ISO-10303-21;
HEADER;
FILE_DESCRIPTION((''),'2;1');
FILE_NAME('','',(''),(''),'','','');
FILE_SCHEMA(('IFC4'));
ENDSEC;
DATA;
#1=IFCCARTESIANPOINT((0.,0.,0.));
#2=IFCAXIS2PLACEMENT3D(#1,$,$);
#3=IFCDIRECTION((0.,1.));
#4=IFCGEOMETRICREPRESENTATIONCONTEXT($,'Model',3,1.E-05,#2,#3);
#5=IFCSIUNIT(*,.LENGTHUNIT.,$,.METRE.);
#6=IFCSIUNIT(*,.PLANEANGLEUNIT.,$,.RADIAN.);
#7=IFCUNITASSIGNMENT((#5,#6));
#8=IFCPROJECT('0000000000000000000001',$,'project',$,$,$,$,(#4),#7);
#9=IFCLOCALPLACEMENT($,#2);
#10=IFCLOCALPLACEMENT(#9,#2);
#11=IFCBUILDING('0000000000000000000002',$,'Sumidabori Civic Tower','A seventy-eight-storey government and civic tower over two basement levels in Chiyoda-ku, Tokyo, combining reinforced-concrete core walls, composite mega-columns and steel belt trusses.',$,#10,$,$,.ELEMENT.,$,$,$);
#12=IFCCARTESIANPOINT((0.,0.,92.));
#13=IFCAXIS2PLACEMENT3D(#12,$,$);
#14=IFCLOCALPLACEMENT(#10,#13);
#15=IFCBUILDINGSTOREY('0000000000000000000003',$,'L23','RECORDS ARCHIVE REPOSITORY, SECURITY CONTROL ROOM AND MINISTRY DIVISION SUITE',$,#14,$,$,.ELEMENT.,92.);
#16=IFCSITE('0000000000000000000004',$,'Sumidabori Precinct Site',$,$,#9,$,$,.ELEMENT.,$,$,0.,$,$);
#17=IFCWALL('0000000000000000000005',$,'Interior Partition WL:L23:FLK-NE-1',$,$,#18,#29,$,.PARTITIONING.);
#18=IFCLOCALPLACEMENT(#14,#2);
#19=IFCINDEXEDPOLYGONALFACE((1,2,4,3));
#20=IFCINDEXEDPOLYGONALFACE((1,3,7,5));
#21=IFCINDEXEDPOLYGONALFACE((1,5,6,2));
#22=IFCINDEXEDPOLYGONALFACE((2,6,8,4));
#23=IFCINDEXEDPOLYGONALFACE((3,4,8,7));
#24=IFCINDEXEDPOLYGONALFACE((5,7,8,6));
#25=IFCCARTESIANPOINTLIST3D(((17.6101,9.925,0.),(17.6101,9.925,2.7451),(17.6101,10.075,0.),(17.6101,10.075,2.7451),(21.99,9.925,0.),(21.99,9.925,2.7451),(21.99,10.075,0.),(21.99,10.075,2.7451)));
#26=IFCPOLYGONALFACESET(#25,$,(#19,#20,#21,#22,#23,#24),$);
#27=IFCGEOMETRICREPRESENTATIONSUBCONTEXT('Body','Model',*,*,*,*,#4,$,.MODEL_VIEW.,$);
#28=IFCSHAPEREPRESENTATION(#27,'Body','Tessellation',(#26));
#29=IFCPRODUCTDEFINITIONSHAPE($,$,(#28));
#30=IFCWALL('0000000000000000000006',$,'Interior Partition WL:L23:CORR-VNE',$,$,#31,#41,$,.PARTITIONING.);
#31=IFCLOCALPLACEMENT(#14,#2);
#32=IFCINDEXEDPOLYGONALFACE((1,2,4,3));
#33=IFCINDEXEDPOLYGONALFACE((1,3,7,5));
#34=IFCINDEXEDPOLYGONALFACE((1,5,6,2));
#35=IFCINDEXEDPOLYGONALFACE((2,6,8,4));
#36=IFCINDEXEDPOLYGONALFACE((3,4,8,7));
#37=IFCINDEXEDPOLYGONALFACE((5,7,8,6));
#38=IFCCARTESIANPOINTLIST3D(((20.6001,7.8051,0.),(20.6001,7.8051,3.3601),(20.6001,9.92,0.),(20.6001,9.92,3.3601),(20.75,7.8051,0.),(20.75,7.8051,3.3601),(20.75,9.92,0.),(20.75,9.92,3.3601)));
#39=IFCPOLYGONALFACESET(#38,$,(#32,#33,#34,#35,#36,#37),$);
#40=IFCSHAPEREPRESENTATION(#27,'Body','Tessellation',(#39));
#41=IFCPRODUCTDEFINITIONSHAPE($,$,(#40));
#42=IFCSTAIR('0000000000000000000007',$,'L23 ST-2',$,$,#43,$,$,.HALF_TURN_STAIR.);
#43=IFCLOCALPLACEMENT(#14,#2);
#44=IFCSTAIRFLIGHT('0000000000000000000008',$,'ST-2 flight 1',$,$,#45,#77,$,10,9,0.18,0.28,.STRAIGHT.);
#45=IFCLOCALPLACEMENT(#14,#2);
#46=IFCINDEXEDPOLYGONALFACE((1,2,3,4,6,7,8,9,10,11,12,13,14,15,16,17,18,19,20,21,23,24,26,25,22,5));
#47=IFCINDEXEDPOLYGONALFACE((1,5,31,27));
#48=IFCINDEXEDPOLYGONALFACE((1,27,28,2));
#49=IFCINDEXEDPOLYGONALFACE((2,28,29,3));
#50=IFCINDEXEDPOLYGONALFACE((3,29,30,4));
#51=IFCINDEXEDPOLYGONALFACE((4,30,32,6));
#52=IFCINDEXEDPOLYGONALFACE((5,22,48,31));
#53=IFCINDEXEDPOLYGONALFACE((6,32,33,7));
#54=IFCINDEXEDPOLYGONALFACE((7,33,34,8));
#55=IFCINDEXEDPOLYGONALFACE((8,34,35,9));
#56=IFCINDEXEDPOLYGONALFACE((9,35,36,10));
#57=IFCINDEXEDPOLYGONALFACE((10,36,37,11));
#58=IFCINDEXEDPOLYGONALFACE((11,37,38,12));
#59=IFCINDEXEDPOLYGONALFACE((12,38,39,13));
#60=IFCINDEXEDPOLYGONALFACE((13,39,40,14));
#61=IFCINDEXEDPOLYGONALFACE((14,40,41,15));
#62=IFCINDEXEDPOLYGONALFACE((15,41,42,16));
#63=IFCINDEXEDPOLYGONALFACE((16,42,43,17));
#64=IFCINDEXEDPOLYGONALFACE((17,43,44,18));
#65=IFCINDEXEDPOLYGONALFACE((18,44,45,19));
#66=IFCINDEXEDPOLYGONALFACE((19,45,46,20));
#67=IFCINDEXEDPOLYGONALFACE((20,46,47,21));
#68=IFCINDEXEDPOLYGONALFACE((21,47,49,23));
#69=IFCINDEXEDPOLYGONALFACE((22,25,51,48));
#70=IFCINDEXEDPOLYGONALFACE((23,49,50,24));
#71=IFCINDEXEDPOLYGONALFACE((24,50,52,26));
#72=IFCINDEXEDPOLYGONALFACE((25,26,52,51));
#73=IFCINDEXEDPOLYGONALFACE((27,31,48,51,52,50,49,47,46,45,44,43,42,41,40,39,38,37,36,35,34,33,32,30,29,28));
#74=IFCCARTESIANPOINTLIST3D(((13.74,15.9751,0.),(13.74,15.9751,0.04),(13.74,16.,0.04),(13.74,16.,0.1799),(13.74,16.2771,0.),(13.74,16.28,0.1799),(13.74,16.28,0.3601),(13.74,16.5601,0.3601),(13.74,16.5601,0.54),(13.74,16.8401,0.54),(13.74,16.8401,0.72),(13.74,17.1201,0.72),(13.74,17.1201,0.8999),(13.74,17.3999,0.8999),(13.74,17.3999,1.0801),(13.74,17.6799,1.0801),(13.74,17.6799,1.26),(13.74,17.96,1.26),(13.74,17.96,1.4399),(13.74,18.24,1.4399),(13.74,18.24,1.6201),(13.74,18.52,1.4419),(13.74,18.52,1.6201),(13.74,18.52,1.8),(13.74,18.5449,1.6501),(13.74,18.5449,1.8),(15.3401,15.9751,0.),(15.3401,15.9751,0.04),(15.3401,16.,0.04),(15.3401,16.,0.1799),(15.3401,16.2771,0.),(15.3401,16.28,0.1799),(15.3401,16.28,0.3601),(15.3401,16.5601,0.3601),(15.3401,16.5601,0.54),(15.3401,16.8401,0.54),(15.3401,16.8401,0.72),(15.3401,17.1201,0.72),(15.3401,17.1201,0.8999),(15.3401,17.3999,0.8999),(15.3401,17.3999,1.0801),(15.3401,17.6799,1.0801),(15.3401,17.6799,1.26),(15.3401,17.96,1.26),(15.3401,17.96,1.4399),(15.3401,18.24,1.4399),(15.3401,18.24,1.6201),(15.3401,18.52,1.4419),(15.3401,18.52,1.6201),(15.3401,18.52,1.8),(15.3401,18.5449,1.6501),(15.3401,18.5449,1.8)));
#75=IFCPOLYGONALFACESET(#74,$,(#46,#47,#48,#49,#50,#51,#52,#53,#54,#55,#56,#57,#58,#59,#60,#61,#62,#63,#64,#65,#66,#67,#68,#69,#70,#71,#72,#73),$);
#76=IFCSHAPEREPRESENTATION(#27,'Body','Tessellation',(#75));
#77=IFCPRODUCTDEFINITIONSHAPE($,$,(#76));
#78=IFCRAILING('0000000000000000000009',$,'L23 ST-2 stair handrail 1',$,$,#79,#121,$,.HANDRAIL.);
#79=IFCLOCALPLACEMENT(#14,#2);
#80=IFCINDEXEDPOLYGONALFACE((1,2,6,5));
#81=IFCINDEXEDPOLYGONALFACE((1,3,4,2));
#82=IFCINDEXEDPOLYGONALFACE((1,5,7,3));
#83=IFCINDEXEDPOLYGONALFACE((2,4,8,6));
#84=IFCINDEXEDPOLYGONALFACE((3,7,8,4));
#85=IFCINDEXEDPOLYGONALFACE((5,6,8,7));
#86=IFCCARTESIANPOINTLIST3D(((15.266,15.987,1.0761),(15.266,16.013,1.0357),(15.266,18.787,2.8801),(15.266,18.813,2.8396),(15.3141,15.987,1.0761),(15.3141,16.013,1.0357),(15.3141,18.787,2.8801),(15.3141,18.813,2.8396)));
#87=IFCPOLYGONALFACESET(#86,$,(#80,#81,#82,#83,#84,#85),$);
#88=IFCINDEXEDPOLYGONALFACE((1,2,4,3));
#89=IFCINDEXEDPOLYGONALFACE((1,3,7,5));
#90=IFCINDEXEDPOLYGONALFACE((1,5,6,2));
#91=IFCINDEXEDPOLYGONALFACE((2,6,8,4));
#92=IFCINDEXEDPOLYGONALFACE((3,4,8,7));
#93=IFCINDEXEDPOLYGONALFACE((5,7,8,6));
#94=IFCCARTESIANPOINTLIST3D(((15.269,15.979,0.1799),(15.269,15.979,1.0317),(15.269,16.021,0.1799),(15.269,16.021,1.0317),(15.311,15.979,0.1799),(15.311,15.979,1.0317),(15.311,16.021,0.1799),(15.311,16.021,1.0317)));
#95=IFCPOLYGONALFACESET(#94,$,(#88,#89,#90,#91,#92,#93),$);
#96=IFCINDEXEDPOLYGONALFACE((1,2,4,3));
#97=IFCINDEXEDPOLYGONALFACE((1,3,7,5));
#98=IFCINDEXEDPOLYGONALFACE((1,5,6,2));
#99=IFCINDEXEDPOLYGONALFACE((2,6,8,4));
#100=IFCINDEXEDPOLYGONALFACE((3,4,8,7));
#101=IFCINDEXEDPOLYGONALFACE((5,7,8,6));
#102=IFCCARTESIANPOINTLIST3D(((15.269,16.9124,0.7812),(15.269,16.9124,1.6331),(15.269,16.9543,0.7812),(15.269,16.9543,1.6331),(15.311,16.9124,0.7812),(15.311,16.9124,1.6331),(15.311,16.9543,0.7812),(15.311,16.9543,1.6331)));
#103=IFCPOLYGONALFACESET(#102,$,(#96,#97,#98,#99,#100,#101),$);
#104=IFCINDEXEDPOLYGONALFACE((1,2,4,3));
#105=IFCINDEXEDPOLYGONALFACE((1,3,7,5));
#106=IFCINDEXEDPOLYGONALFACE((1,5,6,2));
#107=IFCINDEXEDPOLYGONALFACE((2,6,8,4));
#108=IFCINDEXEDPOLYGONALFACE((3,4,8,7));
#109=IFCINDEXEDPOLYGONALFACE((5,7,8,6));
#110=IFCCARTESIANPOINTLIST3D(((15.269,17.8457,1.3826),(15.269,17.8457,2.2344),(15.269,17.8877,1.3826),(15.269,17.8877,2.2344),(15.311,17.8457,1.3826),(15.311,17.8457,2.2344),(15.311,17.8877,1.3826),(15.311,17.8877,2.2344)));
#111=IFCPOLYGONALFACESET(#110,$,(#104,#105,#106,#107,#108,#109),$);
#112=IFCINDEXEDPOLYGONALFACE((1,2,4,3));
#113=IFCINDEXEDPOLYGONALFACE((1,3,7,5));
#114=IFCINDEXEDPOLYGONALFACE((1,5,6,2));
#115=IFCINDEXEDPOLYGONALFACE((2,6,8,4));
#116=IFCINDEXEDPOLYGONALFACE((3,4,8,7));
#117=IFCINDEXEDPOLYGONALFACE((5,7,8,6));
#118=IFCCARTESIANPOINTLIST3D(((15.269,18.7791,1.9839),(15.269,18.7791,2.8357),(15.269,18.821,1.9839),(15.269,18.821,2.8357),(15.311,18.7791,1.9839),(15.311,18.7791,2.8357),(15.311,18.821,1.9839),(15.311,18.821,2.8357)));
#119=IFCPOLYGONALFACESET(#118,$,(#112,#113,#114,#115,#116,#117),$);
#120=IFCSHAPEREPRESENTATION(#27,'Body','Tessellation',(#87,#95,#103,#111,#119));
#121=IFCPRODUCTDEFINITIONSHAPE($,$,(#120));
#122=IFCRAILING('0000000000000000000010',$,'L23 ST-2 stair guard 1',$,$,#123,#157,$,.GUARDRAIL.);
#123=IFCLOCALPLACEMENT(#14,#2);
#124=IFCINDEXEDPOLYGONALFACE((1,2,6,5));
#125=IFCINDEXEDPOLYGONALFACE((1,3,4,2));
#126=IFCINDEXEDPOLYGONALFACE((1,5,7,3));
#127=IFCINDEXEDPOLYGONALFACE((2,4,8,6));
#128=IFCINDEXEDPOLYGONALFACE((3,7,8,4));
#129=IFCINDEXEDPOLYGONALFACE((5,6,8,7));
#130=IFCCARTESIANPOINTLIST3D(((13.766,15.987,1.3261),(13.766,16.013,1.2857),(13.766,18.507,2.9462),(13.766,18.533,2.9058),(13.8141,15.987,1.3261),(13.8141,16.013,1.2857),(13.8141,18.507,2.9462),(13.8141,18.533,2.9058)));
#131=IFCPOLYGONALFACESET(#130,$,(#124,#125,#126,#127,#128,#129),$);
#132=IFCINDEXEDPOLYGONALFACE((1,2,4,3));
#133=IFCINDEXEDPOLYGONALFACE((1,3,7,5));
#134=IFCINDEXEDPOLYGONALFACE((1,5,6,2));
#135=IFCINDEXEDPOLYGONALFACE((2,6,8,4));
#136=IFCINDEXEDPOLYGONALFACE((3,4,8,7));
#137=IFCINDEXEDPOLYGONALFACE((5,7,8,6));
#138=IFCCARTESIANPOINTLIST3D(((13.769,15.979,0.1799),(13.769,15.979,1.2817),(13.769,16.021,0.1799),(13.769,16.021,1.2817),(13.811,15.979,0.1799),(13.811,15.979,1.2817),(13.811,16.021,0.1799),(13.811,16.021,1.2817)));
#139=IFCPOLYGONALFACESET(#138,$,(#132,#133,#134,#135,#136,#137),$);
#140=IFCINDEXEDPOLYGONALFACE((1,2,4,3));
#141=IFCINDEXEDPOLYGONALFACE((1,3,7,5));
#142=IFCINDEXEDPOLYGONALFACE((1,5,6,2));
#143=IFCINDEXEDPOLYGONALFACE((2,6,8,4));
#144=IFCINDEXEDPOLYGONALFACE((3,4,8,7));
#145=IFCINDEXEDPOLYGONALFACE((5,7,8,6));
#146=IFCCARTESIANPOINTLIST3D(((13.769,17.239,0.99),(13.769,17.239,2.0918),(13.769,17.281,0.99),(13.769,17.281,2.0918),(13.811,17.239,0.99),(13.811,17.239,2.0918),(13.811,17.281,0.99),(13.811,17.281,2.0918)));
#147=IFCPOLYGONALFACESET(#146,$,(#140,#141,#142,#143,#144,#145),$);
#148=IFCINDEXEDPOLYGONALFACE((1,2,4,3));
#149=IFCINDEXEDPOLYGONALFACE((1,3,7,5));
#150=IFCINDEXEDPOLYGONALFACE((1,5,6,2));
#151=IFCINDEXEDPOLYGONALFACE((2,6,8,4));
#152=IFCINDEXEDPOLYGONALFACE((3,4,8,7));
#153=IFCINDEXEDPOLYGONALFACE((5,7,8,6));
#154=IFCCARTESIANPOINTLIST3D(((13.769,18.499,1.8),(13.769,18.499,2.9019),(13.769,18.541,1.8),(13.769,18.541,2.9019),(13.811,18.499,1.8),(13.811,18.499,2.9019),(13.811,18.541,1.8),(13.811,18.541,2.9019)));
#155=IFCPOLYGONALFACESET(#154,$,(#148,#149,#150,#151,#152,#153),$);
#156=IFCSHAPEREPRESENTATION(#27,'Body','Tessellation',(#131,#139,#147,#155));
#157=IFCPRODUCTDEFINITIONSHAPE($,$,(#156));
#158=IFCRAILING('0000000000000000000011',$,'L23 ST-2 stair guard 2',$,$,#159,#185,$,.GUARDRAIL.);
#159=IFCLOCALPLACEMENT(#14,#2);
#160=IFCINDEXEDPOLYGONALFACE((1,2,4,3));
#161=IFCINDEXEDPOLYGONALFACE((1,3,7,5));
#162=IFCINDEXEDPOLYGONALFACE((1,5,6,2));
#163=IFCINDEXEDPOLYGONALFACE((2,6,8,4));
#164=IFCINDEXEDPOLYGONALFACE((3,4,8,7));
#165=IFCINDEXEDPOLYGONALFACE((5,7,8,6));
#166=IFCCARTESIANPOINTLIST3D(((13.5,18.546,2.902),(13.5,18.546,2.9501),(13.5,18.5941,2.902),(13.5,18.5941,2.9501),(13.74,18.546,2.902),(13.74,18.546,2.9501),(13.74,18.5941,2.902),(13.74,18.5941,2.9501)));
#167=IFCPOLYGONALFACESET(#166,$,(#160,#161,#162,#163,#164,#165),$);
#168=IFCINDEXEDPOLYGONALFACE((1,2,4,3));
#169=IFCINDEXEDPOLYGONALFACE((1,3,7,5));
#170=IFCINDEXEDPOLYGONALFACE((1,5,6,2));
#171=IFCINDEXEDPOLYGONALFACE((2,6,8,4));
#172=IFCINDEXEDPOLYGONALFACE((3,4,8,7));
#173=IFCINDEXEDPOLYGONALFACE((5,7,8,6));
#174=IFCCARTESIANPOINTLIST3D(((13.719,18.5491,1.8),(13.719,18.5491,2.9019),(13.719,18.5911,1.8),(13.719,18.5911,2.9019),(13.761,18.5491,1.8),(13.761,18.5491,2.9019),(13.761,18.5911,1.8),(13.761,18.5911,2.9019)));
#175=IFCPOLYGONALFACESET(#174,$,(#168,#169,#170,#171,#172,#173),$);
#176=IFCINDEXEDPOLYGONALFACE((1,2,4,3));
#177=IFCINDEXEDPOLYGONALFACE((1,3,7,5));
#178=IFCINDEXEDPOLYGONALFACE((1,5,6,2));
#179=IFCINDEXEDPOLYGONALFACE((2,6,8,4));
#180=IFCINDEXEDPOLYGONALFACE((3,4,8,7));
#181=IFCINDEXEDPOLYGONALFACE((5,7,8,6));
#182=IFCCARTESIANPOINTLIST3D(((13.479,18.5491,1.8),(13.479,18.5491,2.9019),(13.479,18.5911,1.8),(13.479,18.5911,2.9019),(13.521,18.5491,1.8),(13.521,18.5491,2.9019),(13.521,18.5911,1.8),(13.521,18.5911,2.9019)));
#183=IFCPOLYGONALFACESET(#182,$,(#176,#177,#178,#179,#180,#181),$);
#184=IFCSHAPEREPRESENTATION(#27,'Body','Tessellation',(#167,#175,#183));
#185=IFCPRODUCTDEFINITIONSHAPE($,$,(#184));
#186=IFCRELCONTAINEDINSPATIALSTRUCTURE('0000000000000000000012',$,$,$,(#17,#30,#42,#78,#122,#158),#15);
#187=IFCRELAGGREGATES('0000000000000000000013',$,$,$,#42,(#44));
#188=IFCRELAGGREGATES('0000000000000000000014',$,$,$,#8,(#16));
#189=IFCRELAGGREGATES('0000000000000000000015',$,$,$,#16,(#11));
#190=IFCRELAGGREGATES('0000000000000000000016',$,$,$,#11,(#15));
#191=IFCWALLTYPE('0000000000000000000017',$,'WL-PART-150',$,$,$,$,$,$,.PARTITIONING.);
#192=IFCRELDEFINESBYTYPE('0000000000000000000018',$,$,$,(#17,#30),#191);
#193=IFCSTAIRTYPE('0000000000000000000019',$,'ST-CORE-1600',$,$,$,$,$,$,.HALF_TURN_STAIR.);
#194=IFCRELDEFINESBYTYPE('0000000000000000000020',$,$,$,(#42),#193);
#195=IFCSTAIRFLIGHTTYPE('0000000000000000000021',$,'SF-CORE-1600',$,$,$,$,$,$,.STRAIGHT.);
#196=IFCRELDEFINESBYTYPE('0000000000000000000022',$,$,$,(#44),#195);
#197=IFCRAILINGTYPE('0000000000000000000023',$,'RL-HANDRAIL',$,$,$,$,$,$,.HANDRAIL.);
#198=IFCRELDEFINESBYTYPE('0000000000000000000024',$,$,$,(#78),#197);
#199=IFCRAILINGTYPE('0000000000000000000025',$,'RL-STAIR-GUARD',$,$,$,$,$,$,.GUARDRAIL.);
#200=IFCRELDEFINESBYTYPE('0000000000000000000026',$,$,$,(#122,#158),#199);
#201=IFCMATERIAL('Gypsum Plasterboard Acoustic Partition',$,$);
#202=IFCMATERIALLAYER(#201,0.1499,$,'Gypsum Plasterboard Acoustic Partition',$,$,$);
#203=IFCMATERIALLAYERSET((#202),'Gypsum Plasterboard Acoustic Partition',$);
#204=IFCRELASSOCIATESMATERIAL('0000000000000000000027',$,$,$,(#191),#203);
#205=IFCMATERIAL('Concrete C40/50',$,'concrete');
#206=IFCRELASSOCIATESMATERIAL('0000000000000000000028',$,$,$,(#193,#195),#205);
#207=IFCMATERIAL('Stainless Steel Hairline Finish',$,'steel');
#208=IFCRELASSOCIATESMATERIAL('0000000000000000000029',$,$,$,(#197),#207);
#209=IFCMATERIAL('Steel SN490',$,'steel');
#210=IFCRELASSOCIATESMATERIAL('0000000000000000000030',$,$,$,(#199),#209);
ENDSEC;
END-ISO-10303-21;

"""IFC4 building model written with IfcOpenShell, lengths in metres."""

from ifc_helpers import new_model, si_unit, direction, frame, frame_2d, origin, origin_2d, place, context, subcontext, project, spatial, polyline, rectangle, outline, extrude, source, transform, mapped, material, layer, layer_set, type_object, element, aggregate, save


model = new_model("IFC4")

# Units and contexts
model_context = context("Model", 3, precision=1e-05, world=origin(), true_north=direction((0.0, 1.0)))
body_context = subcontext(model_context, "Body", "Model", "MODEL_VIEW")
ifc_project = project(units=[si_unit("LENGTHUNIT", "METRE"), si_unit("PLANEANGLEUNIT", "RADIAN")], contexts=[model_context])

# Site, building, storey
site_placement = place(None, origin())
site = spatial("IfcSite", under=ifc_project, at=site_placement, Name="Sumidabori Precinct Site", CompositionType="ELEMENT", RefElevation=0.0)
building_placement = place(site_placement, origin())
building = spatial("IfcBuilding", under=site, at=building_placement, Name="Sumidabori Civic Tower", Description="A seventy-eight-storey government and civic tower over two basement levels in Chiyoda-ku, Tokyo, combining reinforced-concrete core walls, composite mega-columns and steel belt trusses.", CompositionType="ELEMENT")
storey_placement = place(building_placement, frame((0.0, 0.0, 92.0)))
storey = spatial("IfcBuildingStorey", under=building, at=storey_placement, Name="L23", Description="RECORDS ARCHIVE REPOSITORY, SECURITY CONTROL ROOM AND MINISTRY DIVISION SUITE", CompositionType="ELEMENT", Elevation=92.0)

# Shared definitions
ifc_material_1 = material(Name="Steel SN490", Category="steel")

# Walls
ifc_material_2 = material(Name="Gypsum Plasterboard Acoustic Partition")
ifc_layer_1 = layer(ifc_material_2, 0.1499, Name="Gypsum Plasterboard Acoustic Partition")
ifc_layer_set_1 = layer_set([ifc_layer_1], Name="Gypsum Plasterboard Acoustic Partition")
wall_type_1 = type_object("IfcWallType", Name="WL-PART-150", PredefinedType="PARTITIONING", material=ifc_layer_set_1)
shared_shape_1 = source(origin(), body_context, "Body", "SweptSolid", [
    extrude(rectangle(XDim=4.3799, YDim=0.1499, at=frame_2d((2.1899, 0.0))), origin(), (0.0, 0.0, 1.0), 2.7451),
])
wall_1_placement = place(storey_placement, frame((17.6101, 10.0, 0.0), z_axis=(0.0, 0.0, 1.0), x_axis=(1.0, 0.0, 0.0)))
element("IfcWall", 1, at=wall_1_placement, inside=storey, type_object=wall_type_1, Name="Interior Partition WL:L23:FLK-NE-1", PredefinedType="PARTITIONING", context=body_context, shape_type="MappedRepresentation", body=[
    mapped(shared_shape_1, transform((0.0, 0.0, 0.0), x_axis=(1.0, 0.0, 0.0), y_axis=(0.0, 1.0, 0.0), z_axis=(0.0, 0.0, 1.0), scale=1.0)),
])
shared_shape_2 = source(origin(), body_context, "Body", "SweptSolid", [
    extrude(rectangle(XDim=2.115, YDim=0.1499, at=frame_2d((1.0576, 0.0))), origin(), (0.0, 0.0, 1.0), 3.3601),
])
wall_2_placement = place(storey_placement, frame((20.675, 7.8049, 0.0), z_axis=(0.0, 0.0, 1.0), x_axis=(0.0, 1.0, 0.0)))
element("IfcWall", 2, at=wall_2_placement, inside=storey, type_object=wall_type_1, Name="Interior Partition WL:L23:CORR-VNE", PredefinedType="PARTITIONING", context=body_context, shape_type="MappedRepresentation", body=[
    mapped(shared_shape_2, transform((0.0, 0.0, 0.0), x_axis=(1.0, 0.0, 0.0), y_axis=(0.0, 1.0, 0.0), z_axis=(0.0, 0.0, 1.0), scale=1.0)),
])

# Stair, stair flight
ifc_material_3 = material(Name="Concrete C40/50", Category="concrete")
stair_type = type_object("IfcStairType", Name="ST-CORE-1600", PredefinedType="HALF_TURN_STAIR", material=ifc_material_3)
stair_placement = place(storey_placement, origin())
stair = element("IfcStair", 3, at=stair_placement, inside=storey, type_object=stair_type, Name="L23 ST-2", PredefinedType="HALF_TURN_STAIR")
stair_flight_type = type_object("IfcStairFlightType", Name="SF-CORE-1600", PredefinedType="STRAIGHT", material=ifc_material_3)
shared_shape_3 = source(origin(), body_context, "Body", "SweptSolid", [
    extrude(outline(polyline([(-0.0249, 0.0), (-0.0249, 0.04), (0.0, 0.04), (0.0, 0.1799), (0.28, 0.1799), (0.28, 0.3601), (0.5601, 0.3601), (0.5601, 0.54), (0.8401, 0.54), (0.8401, 0.72), (1.1201, 0.72), (1.1201, 0.8999), (1.3999, 0.8999), (1.3999, 1.0801), (1.6799, 1.0801), (1.6799, 1.26), (1.96, 1.26), (1.96, 1.4399), (2.24, 1.4399), (2.24, 1.6201), (2.52, 1.6201), (2.52, 1.8), (2.5449, 1.8), (2.5449, 1.6501), (2.52, 1.4419), (0.2771, 0.0), (-0.0249, 0.0)])), frame((0.0, 0.8, 0.0), z_axis=(0.0, -1.0, 0.0), x_axis=(1.0, 0.0, 0.0)), (0.0, 0.0, 1.0), 1.6001),
])
stair_flight_placement = place(storey_placement, frame((14.54, 16.0, 0.0), z_axis=(0.0, 0.0, 1.0), x_axis=(0.0, 1.0, 0.0)))
stair_flight = element("IfcStairFlight", 4, at=stair_flight_placement, type_object=stair_flight_type, Name="ST-2 flight 1", NumberOfRisers=10, NumberOfTreads=9, PredefinedType="STRAIGHT", RiserHeight=0.18, TreadLength=0.28, context=body_context, shape_type="MappedRepresentation", body=[
    mapped(shared_shape_3, transform((0.0, 0.0, 0.0), x_axis=(1.0, 0.0, 0.0), y_axis=(0.0, 1.0, 0.0), z_axis=(0.0, 0.0, 1.0), scale=1.0)),
])
aggregate(stair, [stair_flight])

# Railings
ifc_material_4 = material(Name="Stainless Steel Hairline Finish", Category="steel")
railing_type_1 = type_object("IfcRailingType", Name="RL-HANDRAIL", PredefinedType="HANDRAIL", material=ifc_material_4)
railing_1_placement = place(storey_placement, frame((15.29, 16.0, 0.1799)))
element("IfcRailing", 5, at=railing_1_placement, inside=storey, type_object=railing_type_1, Name="L23 ST-2 stair handrail 1", PredefinedType="HANDRAIL", context=body_context, shape_type="SweptSolid", body=[
    extrude(rectangle(XDim=0.0481, YDim=0.0481, at=origin_2d()), frame((0.0, 0.0, 0.876), z_axis=(0.0, 0.840642, 0.541591), x_axis=(-1.0, 0.0, 0.0)), (0.0, 0.0, 1.0), 3.3308),
    extrude(rectangle(XDim=0.042, YDim=0.042, at=origin_2d()), origin(), (0.0, 0.0, 1.0), 0.8518),
    extrude(rectangle(XDim=0.042, YDim=0.042, at=origin_2d()), frame((0.0, 0.9333, 0.6013)), (0.0, 0.0, 1.0), 0.8518),
    extrude(rectangle(XDim=0.042, YDim=0.042, at=origin_2d()), frame((0.0, 1.8667, 1.2026)), (0.0, 0.0, 1.0), 0.8518),
    extrude(rectangle(XDim=0.042, YDim=0.042, at=origin_2d()), frame((0.0, 2.8, 1.804)), (0.0, 0.0, 1.0), 0.8518),
])
railing_type_2 = type_object("IfcRailingType", Name="RL-STAIR-GUARD", PredefinedType="GUARDRAIL", material=ifc_material_1)
railing_2_placement = place(storey_placement, frame((13.79, 16.0, 0.1799)))
element("IfcRailing", 6, at=railing_2_placement, inside=storey, type_object=railing_type_2, Name="L23 ST-2 stair guard 1", PredefinedType="GUARDRAIL", context=body_context, shape_type="SweptSolid", body=[
    extrude(rectangle(XDim=0.0481, YDim=0.0481, at=origin_2d()), frame((0.0, 0.0, 1.126), z_axis=(0.0, 0.841163, 0.540782), x_axis=(-1.0, 0.0, 0.0)), (0.0, 0.0, 1.0), 2.9958),
    extrude(rectangle(XDim=0.042, YDim=0.042, at=origin_2d()), origin(), (0.0, 0.0, 1.0), 1.1018),
    extrude(rectangle(XDim=0.042, YDim=0.042, at=origin_2d()), frame((0.0, 1.26, 0.8101)), (0.0, 0.0, 1.0), 1.1018),
    extrude(rectangle(XDim=0.042, YDim=0.042, at=origin_2d()), frame((0.0, 2.52, 1.6201)), (0.0, 0.0, 1.0), 1.1018),
])
for number, where, name in (
    (7, (13.74, 18.5701, 1.8), "L23 ST-2 stair guard 2"),
):
    element("IfcRailing", number, at=place(storey_placement, frame(where)), inside=storey, type_object=railing_type_2, Name=name, PredefinedType="GUARDRAIL", context=body_context, shape_type="SweptSolid", body=[
        extrude(rectangle(XDim=0.0481, YDim=0.0481, at=origin_2d()), frame((0.0, 0.0, 1.126), z_axis=(-1.0, 0.0, 0.0), x_axis=(0.0, -1.0, 0.0)), (0.0, 0.0, 1.0), 0.24),
        extrude(rectangle(XDim=0.042, YDim=0.042, at=origin_2d()), origin(), (0.0, 0.0, 1.0), 1.1018),
        extrude(rectangle(XDim=0.042, YDim=0.042, at=origin_2d()), frame((-0.24, 0.0, 0.0)), (0.0, 0.0, 1.0), 1.1018),
    ])

save(model, "model.ifc")
